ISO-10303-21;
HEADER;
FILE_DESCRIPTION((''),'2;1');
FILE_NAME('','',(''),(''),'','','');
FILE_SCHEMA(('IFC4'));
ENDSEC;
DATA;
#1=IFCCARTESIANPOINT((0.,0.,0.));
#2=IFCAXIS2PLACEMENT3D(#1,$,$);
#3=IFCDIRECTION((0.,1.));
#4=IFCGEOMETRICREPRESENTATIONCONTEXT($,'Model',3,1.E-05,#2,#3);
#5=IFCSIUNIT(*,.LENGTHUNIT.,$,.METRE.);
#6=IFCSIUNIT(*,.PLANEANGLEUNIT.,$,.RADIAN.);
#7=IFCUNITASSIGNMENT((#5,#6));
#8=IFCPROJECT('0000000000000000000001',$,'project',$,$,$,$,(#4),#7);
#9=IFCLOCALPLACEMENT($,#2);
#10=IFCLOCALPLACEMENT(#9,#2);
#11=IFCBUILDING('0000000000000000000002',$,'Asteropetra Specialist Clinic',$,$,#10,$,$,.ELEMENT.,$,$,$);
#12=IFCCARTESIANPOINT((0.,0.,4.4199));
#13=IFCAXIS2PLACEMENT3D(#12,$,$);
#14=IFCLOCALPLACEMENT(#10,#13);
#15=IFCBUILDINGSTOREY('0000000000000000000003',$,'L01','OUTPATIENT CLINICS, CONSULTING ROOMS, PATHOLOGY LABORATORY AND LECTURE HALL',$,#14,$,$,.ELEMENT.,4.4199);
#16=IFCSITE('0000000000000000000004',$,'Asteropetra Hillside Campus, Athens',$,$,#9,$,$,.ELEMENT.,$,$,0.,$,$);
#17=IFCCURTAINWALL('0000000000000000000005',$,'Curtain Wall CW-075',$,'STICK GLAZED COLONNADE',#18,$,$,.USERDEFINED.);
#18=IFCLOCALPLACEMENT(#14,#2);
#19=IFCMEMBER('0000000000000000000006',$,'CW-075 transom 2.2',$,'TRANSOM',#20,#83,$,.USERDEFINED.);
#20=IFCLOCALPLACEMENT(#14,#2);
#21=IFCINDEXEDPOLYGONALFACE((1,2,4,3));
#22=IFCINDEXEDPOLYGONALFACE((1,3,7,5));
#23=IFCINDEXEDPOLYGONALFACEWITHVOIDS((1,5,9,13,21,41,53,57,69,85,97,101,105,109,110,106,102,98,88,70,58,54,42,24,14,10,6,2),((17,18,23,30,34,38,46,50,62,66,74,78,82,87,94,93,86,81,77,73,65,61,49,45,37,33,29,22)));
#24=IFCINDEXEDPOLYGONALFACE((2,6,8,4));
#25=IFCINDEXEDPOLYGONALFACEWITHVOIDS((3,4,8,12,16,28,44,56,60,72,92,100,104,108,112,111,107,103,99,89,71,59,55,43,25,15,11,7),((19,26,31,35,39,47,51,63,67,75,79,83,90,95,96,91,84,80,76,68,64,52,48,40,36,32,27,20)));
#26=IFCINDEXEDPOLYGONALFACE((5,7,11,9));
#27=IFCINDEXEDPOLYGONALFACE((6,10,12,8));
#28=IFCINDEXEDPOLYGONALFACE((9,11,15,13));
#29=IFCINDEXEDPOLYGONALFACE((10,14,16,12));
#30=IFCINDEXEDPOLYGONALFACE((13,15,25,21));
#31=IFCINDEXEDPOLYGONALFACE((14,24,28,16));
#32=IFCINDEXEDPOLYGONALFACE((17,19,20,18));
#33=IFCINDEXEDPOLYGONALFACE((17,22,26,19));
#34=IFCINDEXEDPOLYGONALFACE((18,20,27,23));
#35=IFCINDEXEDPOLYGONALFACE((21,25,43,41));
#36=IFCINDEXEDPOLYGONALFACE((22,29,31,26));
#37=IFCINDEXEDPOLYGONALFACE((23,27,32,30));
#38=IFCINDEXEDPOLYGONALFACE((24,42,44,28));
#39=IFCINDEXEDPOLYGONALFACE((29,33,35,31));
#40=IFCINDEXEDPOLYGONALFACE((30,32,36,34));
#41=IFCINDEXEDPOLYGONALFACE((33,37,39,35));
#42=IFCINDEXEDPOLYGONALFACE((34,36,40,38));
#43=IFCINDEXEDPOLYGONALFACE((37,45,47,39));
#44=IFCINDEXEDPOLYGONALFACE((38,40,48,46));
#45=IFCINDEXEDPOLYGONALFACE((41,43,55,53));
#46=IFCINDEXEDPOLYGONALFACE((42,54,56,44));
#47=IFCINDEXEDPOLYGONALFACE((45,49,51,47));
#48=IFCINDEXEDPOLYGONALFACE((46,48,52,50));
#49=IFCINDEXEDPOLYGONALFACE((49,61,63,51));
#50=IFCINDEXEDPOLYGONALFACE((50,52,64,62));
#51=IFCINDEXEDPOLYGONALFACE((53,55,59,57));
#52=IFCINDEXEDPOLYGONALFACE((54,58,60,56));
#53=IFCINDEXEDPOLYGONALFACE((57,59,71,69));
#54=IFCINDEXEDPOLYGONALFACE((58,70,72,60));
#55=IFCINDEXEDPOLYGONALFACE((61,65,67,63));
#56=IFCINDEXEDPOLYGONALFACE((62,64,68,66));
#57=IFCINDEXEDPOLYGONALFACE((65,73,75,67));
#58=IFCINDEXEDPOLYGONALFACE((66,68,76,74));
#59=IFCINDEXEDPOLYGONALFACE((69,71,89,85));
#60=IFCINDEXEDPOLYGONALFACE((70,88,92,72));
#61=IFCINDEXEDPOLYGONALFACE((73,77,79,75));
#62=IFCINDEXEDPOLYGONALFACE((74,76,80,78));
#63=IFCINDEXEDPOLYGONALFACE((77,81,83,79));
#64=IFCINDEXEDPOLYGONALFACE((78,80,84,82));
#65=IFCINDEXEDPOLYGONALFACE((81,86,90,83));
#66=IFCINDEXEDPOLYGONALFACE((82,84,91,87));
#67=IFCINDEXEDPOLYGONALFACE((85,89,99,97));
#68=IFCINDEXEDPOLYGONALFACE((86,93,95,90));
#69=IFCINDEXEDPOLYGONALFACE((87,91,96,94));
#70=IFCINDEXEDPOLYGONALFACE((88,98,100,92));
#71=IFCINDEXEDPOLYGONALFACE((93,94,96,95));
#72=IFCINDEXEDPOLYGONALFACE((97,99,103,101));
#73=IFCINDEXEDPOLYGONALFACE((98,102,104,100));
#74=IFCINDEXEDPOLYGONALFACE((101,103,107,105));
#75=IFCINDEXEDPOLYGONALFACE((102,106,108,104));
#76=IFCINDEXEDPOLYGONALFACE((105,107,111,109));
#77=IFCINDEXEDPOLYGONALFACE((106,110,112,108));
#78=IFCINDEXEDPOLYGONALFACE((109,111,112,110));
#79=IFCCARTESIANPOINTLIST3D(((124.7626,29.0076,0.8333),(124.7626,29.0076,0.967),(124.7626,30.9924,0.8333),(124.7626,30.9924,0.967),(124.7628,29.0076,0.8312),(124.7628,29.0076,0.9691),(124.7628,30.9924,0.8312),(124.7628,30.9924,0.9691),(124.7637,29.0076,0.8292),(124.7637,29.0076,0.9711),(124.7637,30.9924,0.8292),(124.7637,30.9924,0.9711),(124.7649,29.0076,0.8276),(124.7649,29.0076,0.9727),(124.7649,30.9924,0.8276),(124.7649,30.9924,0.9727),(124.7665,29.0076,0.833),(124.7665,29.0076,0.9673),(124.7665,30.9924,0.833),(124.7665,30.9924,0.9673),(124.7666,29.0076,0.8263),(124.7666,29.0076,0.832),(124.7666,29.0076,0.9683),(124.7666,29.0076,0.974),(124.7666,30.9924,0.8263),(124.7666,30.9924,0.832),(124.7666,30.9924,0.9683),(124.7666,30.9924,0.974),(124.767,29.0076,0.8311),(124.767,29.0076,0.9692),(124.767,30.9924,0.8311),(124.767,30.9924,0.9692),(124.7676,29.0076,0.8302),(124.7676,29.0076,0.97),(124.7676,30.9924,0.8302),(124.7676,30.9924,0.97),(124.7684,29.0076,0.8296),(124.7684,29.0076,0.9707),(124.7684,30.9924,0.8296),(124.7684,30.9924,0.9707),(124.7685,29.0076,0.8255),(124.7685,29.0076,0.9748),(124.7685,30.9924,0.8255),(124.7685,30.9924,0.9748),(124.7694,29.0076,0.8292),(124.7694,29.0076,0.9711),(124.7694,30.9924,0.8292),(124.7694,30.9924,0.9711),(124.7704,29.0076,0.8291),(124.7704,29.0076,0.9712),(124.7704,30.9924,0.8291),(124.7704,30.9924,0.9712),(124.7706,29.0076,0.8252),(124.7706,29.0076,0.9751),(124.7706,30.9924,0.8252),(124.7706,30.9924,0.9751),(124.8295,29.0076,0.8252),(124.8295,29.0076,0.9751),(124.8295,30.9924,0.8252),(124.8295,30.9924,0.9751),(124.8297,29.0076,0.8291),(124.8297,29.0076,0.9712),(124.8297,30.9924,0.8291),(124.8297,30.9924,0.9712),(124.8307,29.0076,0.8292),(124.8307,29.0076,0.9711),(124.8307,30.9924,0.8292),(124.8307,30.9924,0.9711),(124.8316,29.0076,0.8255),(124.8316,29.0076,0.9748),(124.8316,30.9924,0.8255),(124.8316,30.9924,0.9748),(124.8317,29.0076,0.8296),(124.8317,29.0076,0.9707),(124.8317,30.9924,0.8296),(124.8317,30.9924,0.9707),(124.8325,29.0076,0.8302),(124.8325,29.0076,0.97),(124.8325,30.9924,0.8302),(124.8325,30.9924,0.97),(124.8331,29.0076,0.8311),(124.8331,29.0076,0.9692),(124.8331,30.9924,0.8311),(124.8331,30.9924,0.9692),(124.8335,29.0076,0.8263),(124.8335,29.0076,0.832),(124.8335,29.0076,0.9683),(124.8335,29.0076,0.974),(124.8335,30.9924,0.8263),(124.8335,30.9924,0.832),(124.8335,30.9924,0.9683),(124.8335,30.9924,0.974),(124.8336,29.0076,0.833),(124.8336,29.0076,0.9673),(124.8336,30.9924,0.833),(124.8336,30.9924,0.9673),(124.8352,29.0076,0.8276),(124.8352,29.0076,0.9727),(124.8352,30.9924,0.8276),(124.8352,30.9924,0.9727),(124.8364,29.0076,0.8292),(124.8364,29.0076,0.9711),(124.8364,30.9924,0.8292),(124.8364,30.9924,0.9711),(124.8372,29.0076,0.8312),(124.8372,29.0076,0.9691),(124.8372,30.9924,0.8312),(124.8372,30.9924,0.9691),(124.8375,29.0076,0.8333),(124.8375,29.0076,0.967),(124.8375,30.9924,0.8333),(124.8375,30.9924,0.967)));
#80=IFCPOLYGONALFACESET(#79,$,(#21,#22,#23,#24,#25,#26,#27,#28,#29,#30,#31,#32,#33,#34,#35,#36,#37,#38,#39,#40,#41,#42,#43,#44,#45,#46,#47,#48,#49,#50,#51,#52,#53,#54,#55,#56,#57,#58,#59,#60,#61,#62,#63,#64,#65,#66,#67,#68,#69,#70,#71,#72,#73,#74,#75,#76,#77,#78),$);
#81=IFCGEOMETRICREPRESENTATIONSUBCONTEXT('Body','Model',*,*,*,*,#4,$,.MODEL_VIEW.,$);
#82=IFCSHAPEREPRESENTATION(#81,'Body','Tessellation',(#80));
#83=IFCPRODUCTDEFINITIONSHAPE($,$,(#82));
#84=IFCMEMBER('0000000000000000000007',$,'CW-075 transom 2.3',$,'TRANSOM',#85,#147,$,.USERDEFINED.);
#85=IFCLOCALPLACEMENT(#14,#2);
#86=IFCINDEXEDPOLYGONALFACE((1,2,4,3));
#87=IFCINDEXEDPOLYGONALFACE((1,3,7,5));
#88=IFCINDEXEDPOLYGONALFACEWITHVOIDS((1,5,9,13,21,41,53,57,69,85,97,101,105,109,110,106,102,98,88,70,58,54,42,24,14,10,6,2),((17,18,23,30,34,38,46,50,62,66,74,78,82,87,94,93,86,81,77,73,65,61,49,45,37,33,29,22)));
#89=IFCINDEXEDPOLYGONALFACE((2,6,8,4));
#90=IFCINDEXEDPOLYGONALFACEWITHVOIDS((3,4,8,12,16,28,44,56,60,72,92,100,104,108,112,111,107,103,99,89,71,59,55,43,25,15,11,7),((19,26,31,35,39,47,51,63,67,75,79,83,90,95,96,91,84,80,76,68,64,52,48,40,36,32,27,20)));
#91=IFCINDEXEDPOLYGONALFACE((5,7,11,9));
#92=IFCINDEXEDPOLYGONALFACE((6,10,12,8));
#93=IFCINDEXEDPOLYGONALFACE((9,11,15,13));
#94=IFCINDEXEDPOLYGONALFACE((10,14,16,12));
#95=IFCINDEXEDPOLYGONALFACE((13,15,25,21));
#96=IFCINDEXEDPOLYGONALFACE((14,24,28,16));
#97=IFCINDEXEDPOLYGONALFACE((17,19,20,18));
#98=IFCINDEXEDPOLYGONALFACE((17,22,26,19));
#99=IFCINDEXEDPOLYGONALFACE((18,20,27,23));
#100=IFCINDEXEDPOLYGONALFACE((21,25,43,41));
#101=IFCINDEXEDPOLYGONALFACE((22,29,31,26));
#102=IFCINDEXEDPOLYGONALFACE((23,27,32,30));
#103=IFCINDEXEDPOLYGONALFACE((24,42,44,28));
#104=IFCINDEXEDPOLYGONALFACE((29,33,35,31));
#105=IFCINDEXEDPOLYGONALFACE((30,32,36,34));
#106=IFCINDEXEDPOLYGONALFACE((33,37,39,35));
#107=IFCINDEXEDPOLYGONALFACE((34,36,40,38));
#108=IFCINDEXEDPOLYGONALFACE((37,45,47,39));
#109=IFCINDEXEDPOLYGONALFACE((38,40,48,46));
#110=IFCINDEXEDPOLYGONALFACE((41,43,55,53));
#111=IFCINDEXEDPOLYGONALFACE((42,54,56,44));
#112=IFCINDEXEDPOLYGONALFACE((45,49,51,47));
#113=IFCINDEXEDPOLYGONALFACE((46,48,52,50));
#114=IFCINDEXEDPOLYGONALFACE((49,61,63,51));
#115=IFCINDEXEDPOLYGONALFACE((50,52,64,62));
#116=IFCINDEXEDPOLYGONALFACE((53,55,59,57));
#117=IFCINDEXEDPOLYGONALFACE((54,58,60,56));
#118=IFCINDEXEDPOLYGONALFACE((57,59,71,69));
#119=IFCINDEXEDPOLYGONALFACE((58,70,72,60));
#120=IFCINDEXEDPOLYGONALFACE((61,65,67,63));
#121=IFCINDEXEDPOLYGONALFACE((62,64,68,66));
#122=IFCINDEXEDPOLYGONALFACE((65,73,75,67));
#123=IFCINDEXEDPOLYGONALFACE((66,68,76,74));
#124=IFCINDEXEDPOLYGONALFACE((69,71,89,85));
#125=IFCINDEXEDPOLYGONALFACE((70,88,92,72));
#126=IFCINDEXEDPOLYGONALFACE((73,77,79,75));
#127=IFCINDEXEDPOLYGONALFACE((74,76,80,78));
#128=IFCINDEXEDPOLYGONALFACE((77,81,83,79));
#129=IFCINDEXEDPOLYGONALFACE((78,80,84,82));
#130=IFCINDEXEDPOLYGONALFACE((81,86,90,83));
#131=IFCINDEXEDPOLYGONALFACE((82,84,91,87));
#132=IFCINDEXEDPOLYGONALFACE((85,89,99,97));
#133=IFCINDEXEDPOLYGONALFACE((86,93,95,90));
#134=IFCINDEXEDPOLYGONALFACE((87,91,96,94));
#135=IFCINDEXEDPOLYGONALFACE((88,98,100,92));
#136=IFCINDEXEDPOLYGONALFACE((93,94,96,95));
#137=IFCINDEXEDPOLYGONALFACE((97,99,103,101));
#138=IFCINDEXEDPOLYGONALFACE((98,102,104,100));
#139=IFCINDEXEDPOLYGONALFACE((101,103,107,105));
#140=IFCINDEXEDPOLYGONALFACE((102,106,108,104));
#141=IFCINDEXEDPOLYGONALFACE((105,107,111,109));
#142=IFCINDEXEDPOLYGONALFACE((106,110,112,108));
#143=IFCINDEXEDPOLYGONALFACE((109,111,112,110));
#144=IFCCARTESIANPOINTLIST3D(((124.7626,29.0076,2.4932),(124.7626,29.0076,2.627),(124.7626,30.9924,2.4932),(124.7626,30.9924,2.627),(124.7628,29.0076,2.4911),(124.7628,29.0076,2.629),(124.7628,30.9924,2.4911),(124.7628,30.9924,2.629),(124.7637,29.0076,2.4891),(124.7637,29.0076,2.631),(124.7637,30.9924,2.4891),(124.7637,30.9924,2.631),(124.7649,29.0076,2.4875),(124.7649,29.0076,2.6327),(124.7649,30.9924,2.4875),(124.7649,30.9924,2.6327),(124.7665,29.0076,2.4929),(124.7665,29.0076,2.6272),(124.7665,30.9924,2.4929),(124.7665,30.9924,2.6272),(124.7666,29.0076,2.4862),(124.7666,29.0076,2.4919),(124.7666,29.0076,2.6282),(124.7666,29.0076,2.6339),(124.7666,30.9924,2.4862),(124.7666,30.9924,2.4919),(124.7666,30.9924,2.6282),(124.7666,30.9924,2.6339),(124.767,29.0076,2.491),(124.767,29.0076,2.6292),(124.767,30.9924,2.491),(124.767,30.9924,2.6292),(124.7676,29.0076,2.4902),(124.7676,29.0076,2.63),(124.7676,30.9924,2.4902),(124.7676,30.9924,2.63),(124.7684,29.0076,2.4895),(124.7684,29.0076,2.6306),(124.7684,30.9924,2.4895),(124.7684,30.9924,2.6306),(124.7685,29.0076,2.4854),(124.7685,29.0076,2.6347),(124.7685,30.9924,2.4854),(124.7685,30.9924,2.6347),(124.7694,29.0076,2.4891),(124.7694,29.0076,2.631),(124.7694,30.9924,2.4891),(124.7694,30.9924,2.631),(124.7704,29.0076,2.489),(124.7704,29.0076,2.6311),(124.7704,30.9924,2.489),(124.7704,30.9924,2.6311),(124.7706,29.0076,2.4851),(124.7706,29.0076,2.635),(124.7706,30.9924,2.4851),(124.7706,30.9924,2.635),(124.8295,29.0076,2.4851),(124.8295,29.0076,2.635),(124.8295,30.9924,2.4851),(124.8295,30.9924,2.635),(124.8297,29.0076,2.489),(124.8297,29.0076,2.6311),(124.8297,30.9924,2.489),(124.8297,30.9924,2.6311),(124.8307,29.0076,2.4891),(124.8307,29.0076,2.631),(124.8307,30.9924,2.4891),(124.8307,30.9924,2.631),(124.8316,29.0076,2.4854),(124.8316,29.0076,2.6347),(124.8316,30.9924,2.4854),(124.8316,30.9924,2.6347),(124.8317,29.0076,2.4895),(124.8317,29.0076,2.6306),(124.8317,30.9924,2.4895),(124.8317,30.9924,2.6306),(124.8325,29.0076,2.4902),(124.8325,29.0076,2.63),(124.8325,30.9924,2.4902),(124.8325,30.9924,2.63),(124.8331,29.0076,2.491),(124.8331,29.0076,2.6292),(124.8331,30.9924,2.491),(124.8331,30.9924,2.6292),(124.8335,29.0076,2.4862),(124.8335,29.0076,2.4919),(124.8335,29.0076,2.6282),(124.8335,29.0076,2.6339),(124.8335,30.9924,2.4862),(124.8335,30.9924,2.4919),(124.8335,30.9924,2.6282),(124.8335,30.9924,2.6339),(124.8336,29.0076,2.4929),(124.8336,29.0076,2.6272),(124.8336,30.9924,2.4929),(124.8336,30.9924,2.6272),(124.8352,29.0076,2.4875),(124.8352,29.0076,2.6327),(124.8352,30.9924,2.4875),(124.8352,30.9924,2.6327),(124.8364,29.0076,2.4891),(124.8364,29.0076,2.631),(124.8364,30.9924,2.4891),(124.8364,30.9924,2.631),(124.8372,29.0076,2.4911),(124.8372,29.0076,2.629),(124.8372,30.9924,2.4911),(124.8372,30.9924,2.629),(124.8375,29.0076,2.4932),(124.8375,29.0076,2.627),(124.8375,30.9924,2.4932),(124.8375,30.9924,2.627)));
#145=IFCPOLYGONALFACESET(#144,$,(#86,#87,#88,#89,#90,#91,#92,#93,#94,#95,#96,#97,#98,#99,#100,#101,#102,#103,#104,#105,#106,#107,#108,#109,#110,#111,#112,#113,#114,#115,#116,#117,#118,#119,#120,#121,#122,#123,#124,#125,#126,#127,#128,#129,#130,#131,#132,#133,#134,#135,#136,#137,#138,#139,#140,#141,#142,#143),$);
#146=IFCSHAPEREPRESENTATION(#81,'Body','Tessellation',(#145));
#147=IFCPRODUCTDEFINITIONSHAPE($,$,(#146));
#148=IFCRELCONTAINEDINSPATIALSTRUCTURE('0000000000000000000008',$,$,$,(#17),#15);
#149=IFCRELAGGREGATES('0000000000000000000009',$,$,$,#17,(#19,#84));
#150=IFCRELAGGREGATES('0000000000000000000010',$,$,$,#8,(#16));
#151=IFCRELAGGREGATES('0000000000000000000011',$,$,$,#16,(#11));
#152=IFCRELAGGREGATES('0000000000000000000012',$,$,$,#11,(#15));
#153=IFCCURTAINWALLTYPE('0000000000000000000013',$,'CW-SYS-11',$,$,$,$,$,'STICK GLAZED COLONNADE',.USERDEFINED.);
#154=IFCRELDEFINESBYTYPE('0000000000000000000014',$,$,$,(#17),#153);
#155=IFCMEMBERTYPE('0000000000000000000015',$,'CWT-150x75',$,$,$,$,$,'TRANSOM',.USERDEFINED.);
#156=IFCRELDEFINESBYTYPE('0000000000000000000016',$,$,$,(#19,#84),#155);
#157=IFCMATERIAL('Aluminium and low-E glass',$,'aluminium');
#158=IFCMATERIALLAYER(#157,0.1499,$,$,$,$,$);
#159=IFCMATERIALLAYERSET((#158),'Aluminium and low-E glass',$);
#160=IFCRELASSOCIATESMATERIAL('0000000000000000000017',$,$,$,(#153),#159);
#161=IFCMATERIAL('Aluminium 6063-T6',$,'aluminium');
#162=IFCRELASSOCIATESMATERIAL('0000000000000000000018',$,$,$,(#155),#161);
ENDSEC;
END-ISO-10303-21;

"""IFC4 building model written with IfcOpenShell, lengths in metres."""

from ifc_helpers import new_model, si_unit, direction, frame, origin, origin_2d, place, context, subcontext, project, spatial, hollow_rectangle, extrude, material, layer, layer_set, material_profile, profile_set, type_object, element, aggregate, save


model = new_model("IFC4")

# Units and contexts
model_context = context("Model", 3, precision=1e-05, world=origin(), true_north=direction((0.0, 1.0)))
body_context = subcontext(model_context, "Body", "Model", "MODEL_VIEW")
ifc_project = project(units=[si_unit("LENGTHUNIT", "METRE"), si_unit("PLANEANGLEUNIT", "RADIAN")], contexts=[model_context])

# Site, building, storey
site_placement = place(None, origin())
site = spatial("IfcSite", under=ifc_project, at=site_placement, Name="Asteropetra Hillside Campus, Athens", CompositionType="ELEMENT", RefElevation=0.0)
building_placement = place(site_placement, origin())
building = spatial("IfcBuilding", under=site, at=building_placement, Name="Asteropetra Specialist Clinic", CompositionType="ELEMENT")
storey_placement = place(building_placement, frame((0.0, 0.0, 4.4199)))
storey = spatial("IfcBuildingStorey", under=building, at=storey_placement, Name="L01", Description="OUTPATIENT CLINICS, CONSULTING ROOMS, PATHOLOGY LABORATORY AND LECTURE HALL", CompositionType="ELEMENT", Elevation=4.4199)

# Curtain wall, members
ifc_material_1 = material(Name="Aluminium and low-E glass", Category="aluminium")
ifc_layer_1 = layer(ifc_material_1, 0.1499)
ifc_layer_set_1 = layer_set([ifc_layer_1], Name="Aluminium and low-E glass")
curtain_wall_type = type_object("IfcCurtainWallType", Name="CW-SYS-11", ElementType="STICK GLAZED COLONNADE", PredefinedType="USERDEFINED", material=ifc_layer_set_1)
curtain_wall_placement = place(storey_placement, origin())
curtain_wall = element("IfcCurtainWall", 1, at=curtain_wall_placement, inside=storey, type_object=curtain_wall_type, Name="Curtain Wall CW-075", ObjectType="STICK GLAZED COLONNADE", PredefinedType="USERDEFINED")
ifc_material_2 = material(Name="Aluminium 6063-T6", Category="aluminium")
ifc_material_profile_1 = material_profile(ifc_material_2, hollow_rectangle(XDim=0.075, YDim=0.1499, WallThickness=0.0039, InnerFilletRadius=0.0039, OuterFilletRadius=0.0081, at=origin_2d()), Name="TRN 150x75x4.0")
ifc_profile_set_1 = profile_set([ifc_material_profile_1], Name="Aluminium 6063-T6")
member_type_1 = type_object("IfcMemberType", Name="CWT-150x75", ElementType="TRANSOM", PredefinedType="USERDEFINED", material=ifc_profile_set_1)
member_1_placement = place(storey_placement, frame((124.8, 30.9924, 0.9001), z_axis=(0.0, -1.0, 0.0), x_axis=(1.0, 0.0, 0.0)))
member_1 = element("IfcMember", 2, at=member_1_placement, type_object=member_type_1, Name="CW-075 transom 2.2", ObjectType="TRANSOM", PredefinedType="USERDEFINED", context=body_context, shape_type="SweptSolid", body=[
    extrude(hollow_rectangle(XDim=0.075, YDim=0.1499, WallThickness=0.0039, InnerFilletRadius=0.0039, OuterFilletRadius=0.0081, at=origin_2d()), origin(), (0.0, 0.0, 1.0), 1.9849),
])
member_2_placement = place(storey_placement, frame((124.8, 30.9924, 2.5601), z_axis=(0.0, -1.0, 0.0), x_axis=(1.0, 0.0, 0.0)))
member_2 = element("IfcMember", 3, at=member_2_placement, type_object=member_type_1, Name="CW-075 transom 2.3", ObjectType="TRANSOM", PredefinedType="USERDEFINED", context=body_context, shape_type="SweptSolid", body=[
    extrude(hollow_rectangle(XDim=0.075, YDim=0.1499, WallThickness=0.0039, InnerFilletRadius=0.0039, OuterFilletRadius=0.0081, at=origin_2d()), origin(), (0.0, 0.0, 1.0), 1.9849),
])

aggregate(curtain_wall, [member_1, member_2])

save(model, "model.ifc")
